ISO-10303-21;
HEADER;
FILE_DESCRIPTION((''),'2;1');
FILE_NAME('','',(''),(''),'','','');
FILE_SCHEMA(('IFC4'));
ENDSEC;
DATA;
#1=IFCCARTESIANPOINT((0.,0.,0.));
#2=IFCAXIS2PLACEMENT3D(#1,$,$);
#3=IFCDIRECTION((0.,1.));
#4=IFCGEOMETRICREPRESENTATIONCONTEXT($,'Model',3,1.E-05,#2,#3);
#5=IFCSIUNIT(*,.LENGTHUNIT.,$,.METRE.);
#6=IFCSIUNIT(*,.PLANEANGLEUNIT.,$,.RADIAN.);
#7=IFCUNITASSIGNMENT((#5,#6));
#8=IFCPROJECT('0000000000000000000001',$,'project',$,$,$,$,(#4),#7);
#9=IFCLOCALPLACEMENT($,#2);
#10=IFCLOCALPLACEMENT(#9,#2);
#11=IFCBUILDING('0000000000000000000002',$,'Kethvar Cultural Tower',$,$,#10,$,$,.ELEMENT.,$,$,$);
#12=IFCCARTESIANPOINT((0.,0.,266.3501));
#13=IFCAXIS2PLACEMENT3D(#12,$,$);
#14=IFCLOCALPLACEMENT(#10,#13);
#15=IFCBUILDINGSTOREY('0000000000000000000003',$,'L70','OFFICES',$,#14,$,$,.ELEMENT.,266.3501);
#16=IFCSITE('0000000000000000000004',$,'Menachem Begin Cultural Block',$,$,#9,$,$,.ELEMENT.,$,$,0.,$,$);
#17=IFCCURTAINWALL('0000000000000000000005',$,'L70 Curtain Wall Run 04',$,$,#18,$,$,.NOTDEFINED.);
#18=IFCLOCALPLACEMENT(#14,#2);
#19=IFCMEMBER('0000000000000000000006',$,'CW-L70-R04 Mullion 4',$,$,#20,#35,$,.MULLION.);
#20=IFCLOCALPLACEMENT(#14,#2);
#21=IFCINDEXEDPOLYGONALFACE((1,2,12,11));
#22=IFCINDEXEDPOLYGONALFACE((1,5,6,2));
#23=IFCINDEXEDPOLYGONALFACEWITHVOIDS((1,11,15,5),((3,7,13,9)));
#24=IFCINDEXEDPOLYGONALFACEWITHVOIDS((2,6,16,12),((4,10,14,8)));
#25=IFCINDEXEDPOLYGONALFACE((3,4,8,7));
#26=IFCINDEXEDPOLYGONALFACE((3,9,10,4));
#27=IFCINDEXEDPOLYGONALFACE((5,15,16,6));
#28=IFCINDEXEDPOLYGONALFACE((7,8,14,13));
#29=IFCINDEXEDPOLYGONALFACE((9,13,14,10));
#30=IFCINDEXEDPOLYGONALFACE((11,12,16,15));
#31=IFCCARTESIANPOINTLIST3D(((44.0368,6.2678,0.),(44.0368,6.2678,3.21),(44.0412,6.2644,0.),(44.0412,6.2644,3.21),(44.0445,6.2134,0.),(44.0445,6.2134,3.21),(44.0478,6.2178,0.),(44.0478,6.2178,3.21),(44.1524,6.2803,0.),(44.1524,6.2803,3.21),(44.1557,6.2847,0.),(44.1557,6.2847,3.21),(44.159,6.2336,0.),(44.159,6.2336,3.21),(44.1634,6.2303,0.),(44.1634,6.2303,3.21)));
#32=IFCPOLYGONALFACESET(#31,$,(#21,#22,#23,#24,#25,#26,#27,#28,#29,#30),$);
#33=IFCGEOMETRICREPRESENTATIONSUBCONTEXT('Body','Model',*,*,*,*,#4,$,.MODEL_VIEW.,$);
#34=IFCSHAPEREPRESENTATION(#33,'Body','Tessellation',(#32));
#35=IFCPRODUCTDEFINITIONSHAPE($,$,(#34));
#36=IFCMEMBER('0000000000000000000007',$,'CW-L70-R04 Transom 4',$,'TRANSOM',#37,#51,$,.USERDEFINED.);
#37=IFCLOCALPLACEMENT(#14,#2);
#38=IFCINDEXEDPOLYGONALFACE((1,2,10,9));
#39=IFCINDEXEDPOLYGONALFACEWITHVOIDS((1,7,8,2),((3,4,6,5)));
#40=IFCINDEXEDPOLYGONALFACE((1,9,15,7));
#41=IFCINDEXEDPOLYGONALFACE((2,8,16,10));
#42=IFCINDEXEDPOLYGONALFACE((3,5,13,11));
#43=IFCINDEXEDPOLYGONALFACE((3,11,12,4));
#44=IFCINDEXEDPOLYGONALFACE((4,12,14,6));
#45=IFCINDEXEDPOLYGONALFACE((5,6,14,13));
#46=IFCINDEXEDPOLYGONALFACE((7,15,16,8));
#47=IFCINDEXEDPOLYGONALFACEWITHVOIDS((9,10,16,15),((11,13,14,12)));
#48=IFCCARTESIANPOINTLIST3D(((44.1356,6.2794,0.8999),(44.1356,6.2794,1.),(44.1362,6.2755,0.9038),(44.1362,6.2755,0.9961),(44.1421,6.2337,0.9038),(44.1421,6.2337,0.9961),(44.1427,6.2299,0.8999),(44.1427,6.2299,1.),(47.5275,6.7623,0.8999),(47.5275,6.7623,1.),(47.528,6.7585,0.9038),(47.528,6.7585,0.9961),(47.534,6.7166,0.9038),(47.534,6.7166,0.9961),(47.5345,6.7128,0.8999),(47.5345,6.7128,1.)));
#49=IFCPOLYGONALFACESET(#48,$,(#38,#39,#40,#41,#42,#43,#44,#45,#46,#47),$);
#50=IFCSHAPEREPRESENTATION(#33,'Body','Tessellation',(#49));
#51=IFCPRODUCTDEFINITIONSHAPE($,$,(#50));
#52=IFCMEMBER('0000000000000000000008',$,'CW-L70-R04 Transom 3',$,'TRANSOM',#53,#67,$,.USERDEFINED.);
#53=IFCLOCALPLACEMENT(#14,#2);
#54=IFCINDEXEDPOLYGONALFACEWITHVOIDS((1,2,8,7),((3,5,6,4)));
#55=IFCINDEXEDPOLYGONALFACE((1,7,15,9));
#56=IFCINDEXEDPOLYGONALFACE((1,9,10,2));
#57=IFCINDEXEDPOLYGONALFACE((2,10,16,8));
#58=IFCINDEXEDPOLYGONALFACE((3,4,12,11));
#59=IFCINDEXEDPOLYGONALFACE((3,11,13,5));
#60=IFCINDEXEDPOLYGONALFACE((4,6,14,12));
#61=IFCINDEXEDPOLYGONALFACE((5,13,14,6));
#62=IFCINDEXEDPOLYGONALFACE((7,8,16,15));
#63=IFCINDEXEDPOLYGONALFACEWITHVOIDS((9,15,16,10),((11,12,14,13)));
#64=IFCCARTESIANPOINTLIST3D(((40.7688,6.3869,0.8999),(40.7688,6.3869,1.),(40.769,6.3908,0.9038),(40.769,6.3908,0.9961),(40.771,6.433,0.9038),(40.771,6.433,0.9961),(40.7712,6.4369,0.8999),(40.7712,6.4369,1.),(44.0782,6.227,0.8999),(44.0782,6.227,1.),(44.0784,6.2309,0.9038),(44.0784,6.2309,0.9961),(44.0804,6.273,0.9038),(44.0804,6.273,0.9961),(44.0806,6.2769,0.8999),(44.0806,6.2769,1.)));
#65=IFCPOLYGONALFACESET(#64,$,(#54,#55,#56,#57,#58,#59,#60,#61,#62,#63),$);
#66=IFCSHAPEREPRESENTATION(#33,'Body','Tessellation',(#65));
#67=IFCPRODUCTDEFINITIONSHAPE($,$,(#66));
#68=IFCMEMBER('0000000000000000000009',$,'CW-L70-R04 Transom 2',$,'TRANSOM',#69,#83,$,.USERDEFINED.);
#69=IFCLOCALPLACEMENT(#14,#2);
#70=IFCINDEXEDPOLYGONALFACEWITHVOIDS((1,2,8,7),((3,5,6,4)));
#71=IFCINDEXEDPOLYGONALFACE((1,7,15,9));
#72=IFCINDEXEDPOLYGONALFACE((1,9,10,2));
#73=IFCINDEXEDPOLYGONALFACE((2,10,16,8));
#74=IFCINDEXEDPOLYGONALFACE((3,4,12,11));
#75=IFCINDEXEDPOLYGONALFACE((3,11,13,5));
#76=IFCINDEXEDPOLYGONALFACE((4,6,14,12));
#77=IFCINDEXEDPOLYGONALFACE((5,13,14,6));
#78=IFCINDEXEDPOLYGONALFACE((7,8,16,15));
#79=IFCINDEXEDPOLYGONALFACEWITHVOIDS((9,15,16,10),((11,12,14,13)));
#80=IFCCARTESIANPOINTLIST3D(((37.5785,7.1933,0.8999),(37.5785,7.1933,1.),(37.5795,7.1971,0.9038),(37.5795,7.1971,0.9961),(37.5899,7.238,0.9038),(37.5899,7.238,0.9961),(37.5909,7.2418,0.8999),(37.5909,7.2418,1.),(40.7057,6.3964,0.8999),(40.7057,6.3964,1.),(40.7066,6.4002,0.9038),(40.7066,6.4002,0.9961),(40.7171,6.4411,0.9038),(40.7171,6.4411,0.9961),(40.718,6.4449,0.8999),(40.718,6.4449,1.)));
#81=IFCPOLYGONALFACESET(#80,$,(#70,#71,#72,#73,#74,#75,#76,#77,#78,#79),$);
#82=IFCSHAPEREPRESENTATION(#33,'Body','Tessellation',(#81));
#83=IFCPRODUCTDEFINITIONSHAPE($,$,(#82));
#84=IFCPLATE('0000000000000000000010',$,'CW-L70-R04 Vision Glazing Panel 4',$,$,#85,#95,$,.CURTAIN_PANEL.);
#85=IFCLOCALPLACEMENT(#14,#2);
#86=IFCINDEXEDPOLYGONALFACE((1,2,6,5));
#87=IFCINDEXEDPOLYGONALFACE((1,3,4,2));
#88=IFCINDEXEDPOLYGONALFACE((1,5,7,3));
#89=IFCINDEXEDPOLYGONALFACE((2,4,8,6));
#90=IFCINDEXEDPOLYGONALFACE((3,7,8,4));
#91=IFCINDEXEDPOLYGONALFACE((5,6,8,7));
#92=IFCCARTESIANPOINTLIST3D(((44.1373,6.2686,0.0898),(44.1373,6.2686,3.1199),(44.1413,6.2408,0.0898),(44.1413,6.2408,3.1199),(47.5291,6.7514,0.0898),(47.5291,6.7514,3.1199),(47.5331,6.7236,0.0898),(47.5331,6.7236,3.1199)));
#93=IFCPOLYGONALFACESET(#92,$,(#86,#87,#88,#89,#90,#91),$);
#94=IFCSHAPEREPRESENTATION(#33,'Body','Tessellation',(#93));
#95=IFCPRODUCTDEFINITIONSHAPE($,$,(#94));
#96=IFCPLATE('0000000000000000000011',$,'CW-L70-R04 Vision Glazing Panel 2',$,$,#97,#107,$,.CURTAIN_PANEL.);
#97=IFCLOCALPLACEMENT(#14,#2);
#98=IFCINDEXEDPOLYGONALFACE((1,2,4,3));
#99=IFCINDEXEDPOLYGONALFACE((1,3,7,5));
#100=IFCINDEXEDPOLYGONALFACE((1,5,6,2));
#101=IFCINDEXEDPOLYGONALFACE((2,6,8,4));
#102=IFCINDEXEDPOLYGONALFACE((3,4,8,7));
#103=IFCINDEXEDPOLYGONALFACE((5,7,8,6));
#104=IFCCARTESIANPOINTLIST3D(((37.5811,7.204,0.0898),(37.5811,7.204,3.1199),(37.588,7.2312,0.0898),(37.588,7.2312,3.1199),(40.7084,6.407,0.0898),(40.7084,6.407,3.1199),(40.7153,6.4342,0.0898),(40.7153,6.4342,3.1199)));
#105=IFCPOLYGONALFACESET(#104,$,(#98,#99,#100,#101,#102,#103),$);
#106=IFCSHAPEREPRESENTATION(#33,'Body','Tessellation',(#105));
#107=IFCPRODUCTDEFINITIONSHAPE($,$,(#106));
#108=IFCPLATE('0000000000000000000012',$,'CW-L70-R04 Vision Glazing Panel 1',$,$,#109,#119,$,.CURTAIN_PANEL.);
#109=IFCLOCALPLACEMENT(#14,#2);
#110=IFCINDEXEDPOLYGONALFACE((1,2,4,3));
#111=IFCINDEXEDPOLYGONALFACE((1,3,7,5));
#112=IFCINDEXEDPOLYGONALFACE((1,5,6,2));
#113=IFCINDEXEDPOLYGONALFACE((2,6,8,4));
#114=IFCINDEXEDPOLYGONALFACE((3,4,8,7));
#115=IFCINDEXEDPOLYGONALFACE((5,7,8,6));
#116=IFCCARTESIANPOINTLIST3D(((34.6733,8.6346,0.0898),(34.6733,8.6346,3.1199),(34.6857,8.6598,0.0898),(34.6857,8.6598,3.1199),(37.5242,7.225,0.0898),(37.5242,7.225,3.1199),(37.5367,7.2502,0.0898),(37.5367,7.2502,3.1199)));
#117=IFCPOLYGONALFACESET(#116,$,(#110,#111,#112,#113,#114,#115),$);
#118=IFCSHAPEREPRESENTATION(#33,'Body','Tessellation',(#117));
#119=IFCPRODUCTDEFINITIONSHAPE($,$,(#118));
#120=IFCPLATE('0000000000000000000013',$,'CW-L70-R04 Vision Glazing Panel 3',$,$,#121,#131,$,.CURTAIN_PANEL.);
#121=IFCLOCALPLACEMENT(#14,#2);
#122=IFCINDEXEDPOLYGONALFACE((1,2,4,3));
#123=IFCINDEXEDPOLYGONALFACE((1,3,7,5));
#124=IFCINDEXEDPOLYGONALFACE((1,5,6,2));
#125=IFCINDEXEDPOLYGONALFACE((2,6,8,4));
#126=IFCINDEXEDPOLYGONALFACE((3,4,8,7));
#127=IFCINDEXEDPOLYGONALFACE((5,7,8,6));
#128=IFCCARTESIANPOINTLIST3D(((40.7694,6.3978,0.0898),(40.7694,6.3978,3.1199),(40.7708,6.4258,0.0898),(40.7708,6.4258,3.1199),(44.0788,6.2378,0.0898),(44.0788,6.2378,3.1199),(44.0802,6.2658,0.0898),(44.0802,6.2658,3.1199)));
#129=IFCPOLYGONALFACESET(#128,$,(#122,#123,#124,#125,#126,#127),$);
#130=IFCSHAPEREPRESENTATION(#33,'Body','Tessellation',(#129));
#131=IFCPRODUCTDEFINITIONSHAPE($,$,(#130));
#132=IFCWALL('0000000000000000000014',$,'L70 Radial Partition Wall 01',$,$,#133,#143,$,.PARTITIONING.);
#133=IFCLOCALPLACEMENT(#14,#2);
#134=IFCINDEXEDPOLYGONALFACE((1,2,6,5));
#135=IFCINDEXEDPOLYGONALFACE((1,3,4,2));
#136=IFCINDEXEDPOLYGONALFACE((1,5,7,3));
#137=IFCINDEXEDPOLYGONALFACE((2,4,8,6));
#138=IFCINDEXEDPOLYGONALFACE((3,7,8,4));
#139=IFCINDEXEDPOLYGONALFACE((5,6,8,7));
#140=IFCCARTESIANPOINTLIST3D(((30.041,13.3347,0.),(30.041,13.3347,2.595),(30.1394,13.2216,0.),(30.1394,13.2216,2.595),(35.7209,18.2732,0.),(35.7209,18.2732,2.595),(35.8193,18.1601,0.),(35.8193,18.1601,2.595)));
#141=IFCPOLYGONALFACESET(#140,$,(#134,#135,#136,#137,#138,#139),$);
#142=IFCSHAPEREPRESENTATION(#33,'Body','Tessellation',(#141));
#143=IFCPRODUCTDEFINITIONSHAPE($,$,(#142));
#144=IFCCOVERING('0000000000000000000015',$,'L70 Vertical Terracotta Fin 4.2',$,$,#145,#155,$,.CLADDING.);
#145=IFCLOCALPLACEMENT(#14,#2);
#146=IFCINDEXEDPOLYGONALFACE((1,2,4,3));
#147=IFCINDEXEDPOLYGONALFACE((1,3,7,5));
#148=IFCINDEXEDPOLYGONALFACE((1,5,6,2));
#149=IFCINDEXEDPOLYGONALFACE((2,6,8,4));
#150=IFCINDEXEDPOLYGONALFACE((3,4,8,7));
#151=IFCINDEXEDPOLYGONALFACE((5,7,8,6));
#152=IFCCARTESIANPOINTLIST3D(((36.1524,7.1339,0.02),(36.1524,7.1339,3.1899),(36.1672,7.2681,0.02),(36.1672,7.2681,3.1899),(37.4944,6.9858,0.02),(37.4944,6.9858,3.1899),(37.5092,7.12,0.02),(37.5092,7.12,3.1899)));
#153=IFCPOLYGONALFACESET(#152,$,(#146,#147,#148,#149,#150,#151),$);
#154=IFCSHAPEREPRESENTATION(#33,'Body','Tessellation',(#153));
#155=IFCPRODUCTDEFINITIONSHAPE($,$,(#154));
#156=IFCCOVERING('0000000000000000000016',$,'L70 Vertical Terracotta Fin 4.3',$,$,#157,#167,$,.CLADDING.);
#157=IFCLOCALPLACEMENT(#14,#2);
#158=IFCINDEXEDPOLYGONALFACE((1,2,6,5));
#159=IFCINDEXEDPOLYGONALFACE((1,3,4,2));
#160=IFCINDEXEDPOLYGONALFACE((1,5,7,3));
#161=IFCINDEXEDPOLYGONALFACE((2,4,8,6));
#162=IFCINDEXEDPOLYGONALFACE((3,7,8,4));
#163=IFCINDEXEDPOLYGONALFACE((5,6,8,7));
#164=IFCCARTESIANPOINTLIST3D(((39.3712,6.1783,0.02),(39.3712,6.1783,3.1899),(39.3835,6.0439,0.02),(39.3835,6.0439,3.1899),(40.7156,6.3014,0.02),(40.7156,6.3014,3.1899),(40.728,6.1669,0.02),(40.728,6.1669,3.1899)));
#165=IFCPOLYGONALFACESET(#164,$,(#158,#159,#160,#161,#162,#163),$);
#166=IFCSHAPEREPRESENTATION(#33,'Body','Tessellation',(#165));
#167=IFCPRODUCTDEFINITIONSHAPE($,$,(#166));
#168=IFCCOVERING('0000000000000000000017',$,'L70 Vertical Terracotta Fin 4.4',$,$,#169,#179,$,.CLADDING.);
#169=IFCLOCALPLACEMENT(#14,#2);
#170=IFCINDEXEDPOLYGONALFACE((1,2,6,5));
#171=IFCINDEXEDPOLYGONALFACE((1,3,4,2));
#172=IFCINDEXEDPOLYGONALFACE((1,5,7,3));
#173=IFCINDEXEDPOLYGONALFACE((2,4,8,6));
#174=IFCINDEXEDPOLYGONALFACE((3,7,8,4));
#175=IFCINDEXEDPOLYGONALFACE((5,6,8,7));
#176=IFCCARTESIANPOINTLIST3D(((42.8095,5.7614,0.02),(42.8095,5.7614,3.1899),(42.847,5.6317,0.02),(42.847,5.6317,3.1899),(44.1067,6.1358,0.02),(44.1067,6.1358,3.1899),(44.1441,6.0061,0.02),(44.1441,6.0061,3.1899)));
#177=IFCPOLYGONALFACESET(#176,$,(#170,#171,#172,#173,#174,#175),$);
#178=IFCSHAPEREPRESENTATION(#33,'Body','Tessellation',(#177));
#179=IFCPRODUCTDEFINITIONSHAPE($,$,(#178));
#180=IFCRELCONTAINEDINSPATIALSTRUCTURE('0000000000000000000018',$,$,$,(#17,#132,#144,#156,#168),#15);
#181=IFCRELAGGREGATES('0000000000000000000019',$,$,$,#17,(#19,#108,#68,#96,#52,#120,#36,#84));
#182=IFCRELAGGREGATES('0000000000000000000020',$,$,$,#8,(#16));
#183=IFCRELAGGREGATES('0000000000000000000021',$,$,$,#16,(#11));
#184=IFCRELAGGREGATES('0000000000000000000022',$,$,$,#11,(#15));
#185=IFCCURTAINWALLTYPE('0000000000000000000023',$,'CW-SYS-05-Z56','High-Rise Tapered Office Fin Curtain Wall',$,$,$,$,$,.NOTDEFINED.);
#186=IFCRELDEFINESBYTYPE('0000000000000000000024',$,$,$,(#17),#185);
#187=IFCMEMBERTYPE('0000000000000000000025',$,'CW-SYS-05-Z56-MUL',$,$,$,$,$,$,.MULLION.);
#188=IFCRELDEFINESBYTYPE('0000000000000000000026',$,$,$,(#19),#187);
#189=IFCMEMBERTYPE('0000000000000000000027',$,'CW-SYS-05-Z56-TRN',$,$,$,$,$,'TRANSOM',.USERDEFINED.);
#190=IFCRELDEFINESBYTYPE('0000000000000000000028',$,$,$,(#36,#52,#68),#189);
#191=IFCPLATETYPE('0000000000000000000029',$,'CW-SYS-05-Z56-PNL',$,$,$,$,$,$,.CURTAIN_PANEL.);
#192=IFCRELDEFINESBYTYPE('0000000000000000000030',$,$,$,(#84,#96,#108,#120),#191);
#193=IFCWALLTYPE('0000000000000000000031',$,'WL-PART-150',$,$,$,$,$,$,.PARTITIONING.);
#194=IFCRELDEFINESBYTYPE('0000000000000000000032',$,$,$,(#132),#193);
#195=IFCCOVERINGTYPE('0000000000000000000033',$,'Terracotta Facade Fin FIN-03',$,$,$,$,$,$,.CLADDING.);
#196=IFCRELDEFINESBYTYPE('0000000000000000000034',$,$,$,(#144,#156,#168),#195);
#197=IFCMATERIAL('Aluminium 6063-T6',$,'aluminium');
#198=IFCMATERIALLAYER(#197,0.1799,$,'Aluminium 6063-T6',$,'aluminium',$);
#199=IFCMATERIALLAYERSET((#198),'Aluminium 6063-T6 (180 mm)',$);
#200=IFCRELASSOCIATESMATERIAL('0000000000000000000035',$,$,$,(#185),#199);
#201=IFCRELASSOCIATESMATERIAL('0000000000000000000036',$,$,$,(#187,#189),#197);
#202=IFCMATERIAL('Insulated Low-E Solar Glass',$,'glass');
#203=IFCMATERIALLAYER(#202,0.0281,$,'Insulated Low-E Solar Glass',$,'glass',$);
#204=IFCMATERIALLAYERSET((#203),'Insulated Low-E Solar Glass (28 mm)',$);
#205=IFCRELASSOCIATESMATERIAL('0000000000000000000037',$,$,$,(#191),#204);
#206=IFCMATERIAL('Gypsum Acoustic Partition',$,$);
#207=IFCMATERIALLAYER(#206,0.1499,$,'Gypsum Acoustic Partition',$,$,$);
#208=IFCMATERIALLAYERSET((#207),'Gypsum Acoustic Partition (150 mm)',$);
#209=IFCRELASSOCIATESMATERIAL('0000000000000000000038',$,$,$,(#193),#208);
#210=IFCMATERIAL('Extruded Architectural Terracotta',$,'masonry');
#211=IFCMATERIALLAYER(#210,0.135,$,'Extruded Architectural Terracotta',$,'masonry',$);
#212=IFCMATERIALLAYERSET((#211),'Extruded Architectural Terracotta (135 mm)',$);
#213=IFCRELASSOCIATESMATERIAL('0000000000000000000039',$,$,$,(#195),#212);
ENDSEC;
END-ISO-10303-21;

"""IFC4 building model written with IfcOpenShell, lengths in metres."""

from ifc_helpers import new_model, si_unit, direction, frame, frame_2d, origin, origin_2d, place, context, subcontext, project, spatial, rectangle, hollow_rectangle, extrude, source, transform, mapped, material, layer, layer_set, material_profile, profile_set, type_object, element, aggregate, save


model = new_model("IFC4")

# Units and contexts
model_context = context("Model", 3, precision=1e-05, world=origin(), true_north=direction((0.0, 1.0)))
body_context = subcontext(model_context, "Body", "Model", "MODEL_VIEW")
ifc_project = project(units=[si_unit("LENGTHUNIT", "METRE"), si_unit("PLANEANGLEUNIT", "RADIAN")], contexts=[model_context])

# Site, building, storey
site_placement = place(None, origin())
site = spatial("IfcSite", under=ifc_project, at=site_placement, Name="Menachem Begin Cultural Block", CompositionType="ELEMENT", RefElevation=0.0)
building_placement = place(site_placement, origin())
building = spatial("IfcBuilding", under=site, at=building_placement, Name="Kethvar Cultural Tower", CompositionType="ELEMENT")
storey_placement = place(building_placement, frame((0.0, 0.0, 266.3501)))
storey = spatial("IfcBuildingStorey", under=building, at=storey_placement, Name="L70", Description="OFFICES", CompositionType="ELEMENT", Elevation=266.3501)

# Curtain wall, members, plates
ifc_material_1 = material(Name="Aluminium 6063-T6", Category="aluminium")
ifc_layer_1 = layer(ifc_material_1, 0.1799, Name="Aluminium 6063-T6", Category="aluminium")
ifc_layer_set_1 = layer_set([ifc_layer_1], Name="Aluminium 6063-T6 (180 mm)")
curtain_wall_type = type_object("IfcCurtainWallType", Name="CW-SYS-05-Z56", Description="High-Rise Tapered Office Fin Curtain Wall", PredefinedType="NOTDEFINED", material=ifc_layer_set_1)
curtain_wall_placement = place(storey_placement, origin())
curtain_wall = element("IfcCurtainWall", 1, at=curtain_wall_placement, inside=storey, type_object=curtain_wall_type, Name="L70 Curtain Wall Run 04", PredefinedType="NOTDEFINED")
ifc_material_profile_1 = material_profile(ifc_material_1, hollow_rectangle(XDim=0.0549, YDim=0.1201, WallThickness=0.0039, at=origin_2d()), Name="Aluminium 6063-T6 — RHS120x55x4")
ifc_profile_set_1 = profile_set([ifc_material_profile_1], Name="Aluminium 6063-T6 — RHS120x55x4")
member_type_1 = type_object("IfcMemberType", Name="CW-SYS-05-Z56-MUL", PredefinedType="MULLION", material=ifc_profile_set_1)
shared_shape_1 = source(origin(), body_context, "Body", "SweptSolid", [
    extrude(hollow_rectangle(XDim=0.0549, YDim=0.1201, WallThickness=0.0039, at=origin_2d()), origin(), (0.0, 0.0, 1.0), 3.21),
])
member_1_placement = place(storey_placement, frame((44.1001, 6.249, 0.0), z_axis=(0.0, 0.0, 1.0), x_axis=(-0.140936, 0.990019, 0.0)))
member_1 = element("IfcMember", 2, at=member_1_placement, type_object=member_type_1, Name="CW-L70-R04 Mullion 4", PredefinedType="MULLION", context=body_context, shape_type="MappedRepresentation", body=[
    mapped(shared_shape_1, transform((0.0, 0.0, 0.0), scale=1.0)),
])
ifc_material_profile_2 = material_profile(ifc_material_1, hollow_rectangle(XDim=0.05, YDim=0.1001, WallThickness=0.0039, at=origin_2d()), Name="Aluminium 6063-T6 — RHS100x50x4")
ifc_profile_set_2 = profile_set([ifc_material_profile_2], Name="Aluminium 6063-T6 — RHS100x50x4")
member_type_2 = type_object("IfcMemberType", Name="CW-SYS-05-Z56-TRN", ElementType="TRANSOM", PredefinedType="USERDEFINED", material=ifc_profile_set_2)
shared_shape_2 = source(origin(), body_context, "Body", "SweptSolid", [
    extrude(hollow_rectangle(XDim=0.05, YDim=0.1001, WallThickness=0.0039, at=origin_2d()), origin(), (0.0, 0.0, 1.0), 3.426),
])
member_2_placement = place(storey_placement, frame((44.1392, 6.2546, 0.95), z_axis=(0.990016, 0.140952, 0.0), x_axis=(-0.140952, 0.990016, 0.0)))
member_2 = element("IfcMember", 3, at=member_2_placement, type_object=member_type_2, Name="CW-L70-R04 Transom 4", ObjectType="TRANSOM", PredefinedType="USERDEFINED", context=body_context, shape_type="MappedRepresentation", body=[
    mapped(shared_shape_2, transform((0.0, 0.0, 0.0), scale=1.0)),
])
shared_shape_3 = source(origin(), body_context, "Body", "SweptSolid", [
    extrude(hollow_rectangle(XDim=0.05, YDim=0.1001, WallThickness=0.0039, at=origin_2d()), origin(), (0.0, 0.0, 1.0), 3.3132),
])
member_3_placement = place(storey_placement, frame((40.77, 6.4119, 0.95), z_axis=(0.998835, -0.048265, 0.0), x_axis=(0.048265, 0.998835, 0.0)))
member_3 = element("IfcMember", 4, at=member_3_placement, type_object=member_type_2, Name="CW-L70-R04 Transom 3", ObjectType="TRANSOM", PredefinedType="USERDEFINED", context=body_context, shape_type="MappedRepresentation", body=[
    mapped(shared_shape_3, transform((0.0, 0.0, 0.0), scale=1.0)),
])
shared_shape_4 = source(origin(), body_context, "Body", "SweptSolid", [
    extrude(hollow_rectangle(XDim=0.05, YDim=0.1001, WallThickness=0.0039, at=origin_2d()), origin(), (0.0, 0.0, 1.0), 3.2271),
])
member_4_placement = place(storey_placement, frame((37.5847, 7.2175, 0.95), z_axis=(0.969033, -0.24693, 0.0), x_axis=(0.24693, 0.969033, 0.0)))
member_4 = element("IfcMember", 5, at=member_4_placement, type_object=member_type_2, Name="CW-L70-R04 Transom 2", ObjectType="TRANSOM", PredefinedType="USERDEFINED", context=body_context, shape_type="MappedRepresentation", body=[
    mapped(shared_shape_4, transform((0.0, 0.0, 0.0), scale=1.0)),
])
ifc_material_2 = material(Name="Insulated Low-E Solar Glass", Category="glass")
ifc_layer_2 = layer(ifc_material_2, 0.0281, Name="Insulated Low-E Solar Glass", Category="glass")
ifc_layer_set_2 = layer_set([ifc_layer_2], Name="Insulated Low-E Solar Glass (28 mm)")
plate_type = type_object("IfcPlateType", Name="CW-SYS-05-Z56-PNL", PredefinedType="CURTAIN_PANEL", material=ifc_layer_set_2)
shared_shape_5 = source(origin(), body_context, "Body", "SweptSolid", [
    extrude(rectangle(XDim=3.426, YDim=0.0281, at=origin_2d()), origin(), (0.0, 0.0, 1.0), 3.03),
])
plate_1_placement = place(storey_placement, frame((45.8352, 6.4961, 0.0898), z_axis=(0.0, 0.0, 1.0), x_axis=(0.990019, 0.140936, 0.0)))
plate_1 = element("IfcPlate", 6, at=plate_1_placement, type_object=plate_type, Name="CW-L70-R04 Vision Glazing Panel 4", PredefinedType="CURTAIN_PANEL", context=body_context, shape_type="MappedRepresentation", body=[
    mapped(shared_shape_5, transform((0.0, 0.0, 0.0), scale=1.0)),
])
shared_shape_6 = source(origin(), body_context, "Body", "SweptSolid", [
    extrude(rectangle(XDim=3.2273, YDim=0.0281, at=origin_2d()), origin(), (0.0, 0.0, 1.0), 3.03),
])
plate_2_placement = place(storey_placement, frame((39.1482, 6.8191, 0.0898), z_axis=(0.0, 0.0, 1.0), x_axis=(0.969024, -0.246965, 0.0)))
plate_2 = element("IfcPlate", 7, at=plate_2_placement, type_object=plate_type, Name="CW-L70-R04 Vision Glazing Panel 2", PredefinedType="CURTAIN_PANEL", context=body_context, shape_type="MappedRepresentation", body=[
    mapped(shared_shape_6, transform((0.0, 0.0, 0.0), scale=1.0)),
])
shared_shape_7 = source(origin(), body_context, "Body", "SweptSolid", [
    extrude(rectangle(XDim=3.1804, YDim=0.0281, at=origin_2d()), origin(), (0.0, 0.0, 1.0), 3.03),
])
plate_3_placement = place(storey_placement, frame((36.105, 7.9424, 0.0898), z_axis=(0.0, 0.0, 1.0), x_axis=(0.896417, -0.443212, 0.0)))
plate_3 = element("IfcPlate", 8, at=plate_3_placement, type_object=plate_type, Name="CW-L70-R04 Vision Glazing Panel 1", PredefinedType="CURTAIN_PANEL", context=body_context, shape_type="MappedRepresentation", body=[
    mapped(shared_shape_7, transform((0.0, 0.0, 0.0), scale=1.0)),
])
shared_shape_8 = source(origin(), body_context, "Body", "SweptSolid", [
    extrude(rectangle(XDim=3.3132, YDim=0.0281, at=origin_2d()), origin(), (0.0, 0.0, 1.0), 3.03),
])
plate_4_placement = place(storey_placement, frame((42.4248, 6.3318, 0.0898), z_axis=(0.0, 0.0, 1.0), x_axis=(0.998833, -0.048292, 0.0)))
plate_4 = element("IfcPlate", 9, at=plate_4_placement, type_object=plate_type, Name="CW-L70-R04 Vision Glazing Panel 3", PredefinedType="CURTAIN_PANEL", context=body_context, shape_type="MappedRepresentation", body=[
    mapped(shared_shape_8, transform((0.0, 0.0, 0.0), scale=1.0)),
])
aggregate(curtain_wall, [member_1, plate_3, member_4, plate_2, member_3, plate_4, member_2, plate_1])

# Wall
ifc_material_3 = material(Name="Gypsum Acoustic Partition")
ifc_layer_3 = layer(ifc_material_3, 0.1499, Name="Gypsum Acoustic Partition")
ifc_layer_set_3 = layer_set([ifc_layer_3], Name="Gypsum Acoustic Partition (150 mm)")
wall_type = type_object("IfcWallType", Name="WL-PART-150", PredefinedType="PARTITIONING", material=ifc_layer_set_3)
wall_placement = place(storey_placement, frame((35.77, 18.2166, 0.0), z_axis=(0.0, 0.0, 1.0), x_axis=(-0.754645, -0.656134, 0.0)))
element("IfcWall", 10, at=wall_placement, inside=storey, type_object=wall_type, Name="L70 Radial Partition Wall 01", PredefinedType="PARTITIONING", context=body_context, shape_type="SweptSolid", body=[
    extrude(rectangle(XDim=7.5266, YDim=0.1499, at=frame_2d((3.7632, 0.0))), origin(), (0.0, 0.0, 1.0), 2.595),
])

# Coverings
ifc_material_4 = material(Name="Extruded Architectural Terracotta", Category="masonry")
ifc_layer_4 = layer(ifc_material_4, 0.135, Name="Extruded Architectural Terracotta", Category="masonry")
ifc_layer_set_4 = layer_set([ifc_layer_4], Name="Extruded Architectural Terracotta (135 mm)")
covering_type = type_object("IfcCoveringType", Name="Terracotta Facade Fin FIN-03", PredefinedType="CLADDING", material=ifc_layer_set_4)
shared_shape_9 = source(origin(), body_context, "Body", "SweptSolid", [
    extrude(rectangle(XDim=1.3501, YDim=0.135, at=origin_2d()), origin(), (0.0, 0.0, 1.0), 3.1699),
])
for number, where, z_axis, x_axis, name in (
    (11, (36.8308, 7.127, 0.02), (0.0, 0.0, 1.0), (-0.993961, 0.109734, 0.0), "L70 Vertical Terracotta Fin 4.2"),
    (12, (40.0496, 6.1726, 0.02), (0.0, 0.0, 1.0), (-0.995837, -0.091154, 0.0), "L70 Vertical Terracotta Fin 4.3"),
    (13, (43.4768, 5.8838, 0.02), (0.0, 0.0, 1.0), (-0.960779, -0.277315, 0.0), "L70 Vertical Terracotta Fin 4.4"),
):
    element("IfcCovering", number, at=place(storey_placement, frame(where, z_axis=z_axis, x_axis=x_axis)), inside=storey, type_object=covering_type, Name=name, PredefinedType="CLADDING", context=body_context, shape_type="MappedRepresentation", body=[
        mapped(shared_shape_9, transform((0.0, 0.0, 0.0), scale=1.0)),
    ])

save(model, "model.ifc")
